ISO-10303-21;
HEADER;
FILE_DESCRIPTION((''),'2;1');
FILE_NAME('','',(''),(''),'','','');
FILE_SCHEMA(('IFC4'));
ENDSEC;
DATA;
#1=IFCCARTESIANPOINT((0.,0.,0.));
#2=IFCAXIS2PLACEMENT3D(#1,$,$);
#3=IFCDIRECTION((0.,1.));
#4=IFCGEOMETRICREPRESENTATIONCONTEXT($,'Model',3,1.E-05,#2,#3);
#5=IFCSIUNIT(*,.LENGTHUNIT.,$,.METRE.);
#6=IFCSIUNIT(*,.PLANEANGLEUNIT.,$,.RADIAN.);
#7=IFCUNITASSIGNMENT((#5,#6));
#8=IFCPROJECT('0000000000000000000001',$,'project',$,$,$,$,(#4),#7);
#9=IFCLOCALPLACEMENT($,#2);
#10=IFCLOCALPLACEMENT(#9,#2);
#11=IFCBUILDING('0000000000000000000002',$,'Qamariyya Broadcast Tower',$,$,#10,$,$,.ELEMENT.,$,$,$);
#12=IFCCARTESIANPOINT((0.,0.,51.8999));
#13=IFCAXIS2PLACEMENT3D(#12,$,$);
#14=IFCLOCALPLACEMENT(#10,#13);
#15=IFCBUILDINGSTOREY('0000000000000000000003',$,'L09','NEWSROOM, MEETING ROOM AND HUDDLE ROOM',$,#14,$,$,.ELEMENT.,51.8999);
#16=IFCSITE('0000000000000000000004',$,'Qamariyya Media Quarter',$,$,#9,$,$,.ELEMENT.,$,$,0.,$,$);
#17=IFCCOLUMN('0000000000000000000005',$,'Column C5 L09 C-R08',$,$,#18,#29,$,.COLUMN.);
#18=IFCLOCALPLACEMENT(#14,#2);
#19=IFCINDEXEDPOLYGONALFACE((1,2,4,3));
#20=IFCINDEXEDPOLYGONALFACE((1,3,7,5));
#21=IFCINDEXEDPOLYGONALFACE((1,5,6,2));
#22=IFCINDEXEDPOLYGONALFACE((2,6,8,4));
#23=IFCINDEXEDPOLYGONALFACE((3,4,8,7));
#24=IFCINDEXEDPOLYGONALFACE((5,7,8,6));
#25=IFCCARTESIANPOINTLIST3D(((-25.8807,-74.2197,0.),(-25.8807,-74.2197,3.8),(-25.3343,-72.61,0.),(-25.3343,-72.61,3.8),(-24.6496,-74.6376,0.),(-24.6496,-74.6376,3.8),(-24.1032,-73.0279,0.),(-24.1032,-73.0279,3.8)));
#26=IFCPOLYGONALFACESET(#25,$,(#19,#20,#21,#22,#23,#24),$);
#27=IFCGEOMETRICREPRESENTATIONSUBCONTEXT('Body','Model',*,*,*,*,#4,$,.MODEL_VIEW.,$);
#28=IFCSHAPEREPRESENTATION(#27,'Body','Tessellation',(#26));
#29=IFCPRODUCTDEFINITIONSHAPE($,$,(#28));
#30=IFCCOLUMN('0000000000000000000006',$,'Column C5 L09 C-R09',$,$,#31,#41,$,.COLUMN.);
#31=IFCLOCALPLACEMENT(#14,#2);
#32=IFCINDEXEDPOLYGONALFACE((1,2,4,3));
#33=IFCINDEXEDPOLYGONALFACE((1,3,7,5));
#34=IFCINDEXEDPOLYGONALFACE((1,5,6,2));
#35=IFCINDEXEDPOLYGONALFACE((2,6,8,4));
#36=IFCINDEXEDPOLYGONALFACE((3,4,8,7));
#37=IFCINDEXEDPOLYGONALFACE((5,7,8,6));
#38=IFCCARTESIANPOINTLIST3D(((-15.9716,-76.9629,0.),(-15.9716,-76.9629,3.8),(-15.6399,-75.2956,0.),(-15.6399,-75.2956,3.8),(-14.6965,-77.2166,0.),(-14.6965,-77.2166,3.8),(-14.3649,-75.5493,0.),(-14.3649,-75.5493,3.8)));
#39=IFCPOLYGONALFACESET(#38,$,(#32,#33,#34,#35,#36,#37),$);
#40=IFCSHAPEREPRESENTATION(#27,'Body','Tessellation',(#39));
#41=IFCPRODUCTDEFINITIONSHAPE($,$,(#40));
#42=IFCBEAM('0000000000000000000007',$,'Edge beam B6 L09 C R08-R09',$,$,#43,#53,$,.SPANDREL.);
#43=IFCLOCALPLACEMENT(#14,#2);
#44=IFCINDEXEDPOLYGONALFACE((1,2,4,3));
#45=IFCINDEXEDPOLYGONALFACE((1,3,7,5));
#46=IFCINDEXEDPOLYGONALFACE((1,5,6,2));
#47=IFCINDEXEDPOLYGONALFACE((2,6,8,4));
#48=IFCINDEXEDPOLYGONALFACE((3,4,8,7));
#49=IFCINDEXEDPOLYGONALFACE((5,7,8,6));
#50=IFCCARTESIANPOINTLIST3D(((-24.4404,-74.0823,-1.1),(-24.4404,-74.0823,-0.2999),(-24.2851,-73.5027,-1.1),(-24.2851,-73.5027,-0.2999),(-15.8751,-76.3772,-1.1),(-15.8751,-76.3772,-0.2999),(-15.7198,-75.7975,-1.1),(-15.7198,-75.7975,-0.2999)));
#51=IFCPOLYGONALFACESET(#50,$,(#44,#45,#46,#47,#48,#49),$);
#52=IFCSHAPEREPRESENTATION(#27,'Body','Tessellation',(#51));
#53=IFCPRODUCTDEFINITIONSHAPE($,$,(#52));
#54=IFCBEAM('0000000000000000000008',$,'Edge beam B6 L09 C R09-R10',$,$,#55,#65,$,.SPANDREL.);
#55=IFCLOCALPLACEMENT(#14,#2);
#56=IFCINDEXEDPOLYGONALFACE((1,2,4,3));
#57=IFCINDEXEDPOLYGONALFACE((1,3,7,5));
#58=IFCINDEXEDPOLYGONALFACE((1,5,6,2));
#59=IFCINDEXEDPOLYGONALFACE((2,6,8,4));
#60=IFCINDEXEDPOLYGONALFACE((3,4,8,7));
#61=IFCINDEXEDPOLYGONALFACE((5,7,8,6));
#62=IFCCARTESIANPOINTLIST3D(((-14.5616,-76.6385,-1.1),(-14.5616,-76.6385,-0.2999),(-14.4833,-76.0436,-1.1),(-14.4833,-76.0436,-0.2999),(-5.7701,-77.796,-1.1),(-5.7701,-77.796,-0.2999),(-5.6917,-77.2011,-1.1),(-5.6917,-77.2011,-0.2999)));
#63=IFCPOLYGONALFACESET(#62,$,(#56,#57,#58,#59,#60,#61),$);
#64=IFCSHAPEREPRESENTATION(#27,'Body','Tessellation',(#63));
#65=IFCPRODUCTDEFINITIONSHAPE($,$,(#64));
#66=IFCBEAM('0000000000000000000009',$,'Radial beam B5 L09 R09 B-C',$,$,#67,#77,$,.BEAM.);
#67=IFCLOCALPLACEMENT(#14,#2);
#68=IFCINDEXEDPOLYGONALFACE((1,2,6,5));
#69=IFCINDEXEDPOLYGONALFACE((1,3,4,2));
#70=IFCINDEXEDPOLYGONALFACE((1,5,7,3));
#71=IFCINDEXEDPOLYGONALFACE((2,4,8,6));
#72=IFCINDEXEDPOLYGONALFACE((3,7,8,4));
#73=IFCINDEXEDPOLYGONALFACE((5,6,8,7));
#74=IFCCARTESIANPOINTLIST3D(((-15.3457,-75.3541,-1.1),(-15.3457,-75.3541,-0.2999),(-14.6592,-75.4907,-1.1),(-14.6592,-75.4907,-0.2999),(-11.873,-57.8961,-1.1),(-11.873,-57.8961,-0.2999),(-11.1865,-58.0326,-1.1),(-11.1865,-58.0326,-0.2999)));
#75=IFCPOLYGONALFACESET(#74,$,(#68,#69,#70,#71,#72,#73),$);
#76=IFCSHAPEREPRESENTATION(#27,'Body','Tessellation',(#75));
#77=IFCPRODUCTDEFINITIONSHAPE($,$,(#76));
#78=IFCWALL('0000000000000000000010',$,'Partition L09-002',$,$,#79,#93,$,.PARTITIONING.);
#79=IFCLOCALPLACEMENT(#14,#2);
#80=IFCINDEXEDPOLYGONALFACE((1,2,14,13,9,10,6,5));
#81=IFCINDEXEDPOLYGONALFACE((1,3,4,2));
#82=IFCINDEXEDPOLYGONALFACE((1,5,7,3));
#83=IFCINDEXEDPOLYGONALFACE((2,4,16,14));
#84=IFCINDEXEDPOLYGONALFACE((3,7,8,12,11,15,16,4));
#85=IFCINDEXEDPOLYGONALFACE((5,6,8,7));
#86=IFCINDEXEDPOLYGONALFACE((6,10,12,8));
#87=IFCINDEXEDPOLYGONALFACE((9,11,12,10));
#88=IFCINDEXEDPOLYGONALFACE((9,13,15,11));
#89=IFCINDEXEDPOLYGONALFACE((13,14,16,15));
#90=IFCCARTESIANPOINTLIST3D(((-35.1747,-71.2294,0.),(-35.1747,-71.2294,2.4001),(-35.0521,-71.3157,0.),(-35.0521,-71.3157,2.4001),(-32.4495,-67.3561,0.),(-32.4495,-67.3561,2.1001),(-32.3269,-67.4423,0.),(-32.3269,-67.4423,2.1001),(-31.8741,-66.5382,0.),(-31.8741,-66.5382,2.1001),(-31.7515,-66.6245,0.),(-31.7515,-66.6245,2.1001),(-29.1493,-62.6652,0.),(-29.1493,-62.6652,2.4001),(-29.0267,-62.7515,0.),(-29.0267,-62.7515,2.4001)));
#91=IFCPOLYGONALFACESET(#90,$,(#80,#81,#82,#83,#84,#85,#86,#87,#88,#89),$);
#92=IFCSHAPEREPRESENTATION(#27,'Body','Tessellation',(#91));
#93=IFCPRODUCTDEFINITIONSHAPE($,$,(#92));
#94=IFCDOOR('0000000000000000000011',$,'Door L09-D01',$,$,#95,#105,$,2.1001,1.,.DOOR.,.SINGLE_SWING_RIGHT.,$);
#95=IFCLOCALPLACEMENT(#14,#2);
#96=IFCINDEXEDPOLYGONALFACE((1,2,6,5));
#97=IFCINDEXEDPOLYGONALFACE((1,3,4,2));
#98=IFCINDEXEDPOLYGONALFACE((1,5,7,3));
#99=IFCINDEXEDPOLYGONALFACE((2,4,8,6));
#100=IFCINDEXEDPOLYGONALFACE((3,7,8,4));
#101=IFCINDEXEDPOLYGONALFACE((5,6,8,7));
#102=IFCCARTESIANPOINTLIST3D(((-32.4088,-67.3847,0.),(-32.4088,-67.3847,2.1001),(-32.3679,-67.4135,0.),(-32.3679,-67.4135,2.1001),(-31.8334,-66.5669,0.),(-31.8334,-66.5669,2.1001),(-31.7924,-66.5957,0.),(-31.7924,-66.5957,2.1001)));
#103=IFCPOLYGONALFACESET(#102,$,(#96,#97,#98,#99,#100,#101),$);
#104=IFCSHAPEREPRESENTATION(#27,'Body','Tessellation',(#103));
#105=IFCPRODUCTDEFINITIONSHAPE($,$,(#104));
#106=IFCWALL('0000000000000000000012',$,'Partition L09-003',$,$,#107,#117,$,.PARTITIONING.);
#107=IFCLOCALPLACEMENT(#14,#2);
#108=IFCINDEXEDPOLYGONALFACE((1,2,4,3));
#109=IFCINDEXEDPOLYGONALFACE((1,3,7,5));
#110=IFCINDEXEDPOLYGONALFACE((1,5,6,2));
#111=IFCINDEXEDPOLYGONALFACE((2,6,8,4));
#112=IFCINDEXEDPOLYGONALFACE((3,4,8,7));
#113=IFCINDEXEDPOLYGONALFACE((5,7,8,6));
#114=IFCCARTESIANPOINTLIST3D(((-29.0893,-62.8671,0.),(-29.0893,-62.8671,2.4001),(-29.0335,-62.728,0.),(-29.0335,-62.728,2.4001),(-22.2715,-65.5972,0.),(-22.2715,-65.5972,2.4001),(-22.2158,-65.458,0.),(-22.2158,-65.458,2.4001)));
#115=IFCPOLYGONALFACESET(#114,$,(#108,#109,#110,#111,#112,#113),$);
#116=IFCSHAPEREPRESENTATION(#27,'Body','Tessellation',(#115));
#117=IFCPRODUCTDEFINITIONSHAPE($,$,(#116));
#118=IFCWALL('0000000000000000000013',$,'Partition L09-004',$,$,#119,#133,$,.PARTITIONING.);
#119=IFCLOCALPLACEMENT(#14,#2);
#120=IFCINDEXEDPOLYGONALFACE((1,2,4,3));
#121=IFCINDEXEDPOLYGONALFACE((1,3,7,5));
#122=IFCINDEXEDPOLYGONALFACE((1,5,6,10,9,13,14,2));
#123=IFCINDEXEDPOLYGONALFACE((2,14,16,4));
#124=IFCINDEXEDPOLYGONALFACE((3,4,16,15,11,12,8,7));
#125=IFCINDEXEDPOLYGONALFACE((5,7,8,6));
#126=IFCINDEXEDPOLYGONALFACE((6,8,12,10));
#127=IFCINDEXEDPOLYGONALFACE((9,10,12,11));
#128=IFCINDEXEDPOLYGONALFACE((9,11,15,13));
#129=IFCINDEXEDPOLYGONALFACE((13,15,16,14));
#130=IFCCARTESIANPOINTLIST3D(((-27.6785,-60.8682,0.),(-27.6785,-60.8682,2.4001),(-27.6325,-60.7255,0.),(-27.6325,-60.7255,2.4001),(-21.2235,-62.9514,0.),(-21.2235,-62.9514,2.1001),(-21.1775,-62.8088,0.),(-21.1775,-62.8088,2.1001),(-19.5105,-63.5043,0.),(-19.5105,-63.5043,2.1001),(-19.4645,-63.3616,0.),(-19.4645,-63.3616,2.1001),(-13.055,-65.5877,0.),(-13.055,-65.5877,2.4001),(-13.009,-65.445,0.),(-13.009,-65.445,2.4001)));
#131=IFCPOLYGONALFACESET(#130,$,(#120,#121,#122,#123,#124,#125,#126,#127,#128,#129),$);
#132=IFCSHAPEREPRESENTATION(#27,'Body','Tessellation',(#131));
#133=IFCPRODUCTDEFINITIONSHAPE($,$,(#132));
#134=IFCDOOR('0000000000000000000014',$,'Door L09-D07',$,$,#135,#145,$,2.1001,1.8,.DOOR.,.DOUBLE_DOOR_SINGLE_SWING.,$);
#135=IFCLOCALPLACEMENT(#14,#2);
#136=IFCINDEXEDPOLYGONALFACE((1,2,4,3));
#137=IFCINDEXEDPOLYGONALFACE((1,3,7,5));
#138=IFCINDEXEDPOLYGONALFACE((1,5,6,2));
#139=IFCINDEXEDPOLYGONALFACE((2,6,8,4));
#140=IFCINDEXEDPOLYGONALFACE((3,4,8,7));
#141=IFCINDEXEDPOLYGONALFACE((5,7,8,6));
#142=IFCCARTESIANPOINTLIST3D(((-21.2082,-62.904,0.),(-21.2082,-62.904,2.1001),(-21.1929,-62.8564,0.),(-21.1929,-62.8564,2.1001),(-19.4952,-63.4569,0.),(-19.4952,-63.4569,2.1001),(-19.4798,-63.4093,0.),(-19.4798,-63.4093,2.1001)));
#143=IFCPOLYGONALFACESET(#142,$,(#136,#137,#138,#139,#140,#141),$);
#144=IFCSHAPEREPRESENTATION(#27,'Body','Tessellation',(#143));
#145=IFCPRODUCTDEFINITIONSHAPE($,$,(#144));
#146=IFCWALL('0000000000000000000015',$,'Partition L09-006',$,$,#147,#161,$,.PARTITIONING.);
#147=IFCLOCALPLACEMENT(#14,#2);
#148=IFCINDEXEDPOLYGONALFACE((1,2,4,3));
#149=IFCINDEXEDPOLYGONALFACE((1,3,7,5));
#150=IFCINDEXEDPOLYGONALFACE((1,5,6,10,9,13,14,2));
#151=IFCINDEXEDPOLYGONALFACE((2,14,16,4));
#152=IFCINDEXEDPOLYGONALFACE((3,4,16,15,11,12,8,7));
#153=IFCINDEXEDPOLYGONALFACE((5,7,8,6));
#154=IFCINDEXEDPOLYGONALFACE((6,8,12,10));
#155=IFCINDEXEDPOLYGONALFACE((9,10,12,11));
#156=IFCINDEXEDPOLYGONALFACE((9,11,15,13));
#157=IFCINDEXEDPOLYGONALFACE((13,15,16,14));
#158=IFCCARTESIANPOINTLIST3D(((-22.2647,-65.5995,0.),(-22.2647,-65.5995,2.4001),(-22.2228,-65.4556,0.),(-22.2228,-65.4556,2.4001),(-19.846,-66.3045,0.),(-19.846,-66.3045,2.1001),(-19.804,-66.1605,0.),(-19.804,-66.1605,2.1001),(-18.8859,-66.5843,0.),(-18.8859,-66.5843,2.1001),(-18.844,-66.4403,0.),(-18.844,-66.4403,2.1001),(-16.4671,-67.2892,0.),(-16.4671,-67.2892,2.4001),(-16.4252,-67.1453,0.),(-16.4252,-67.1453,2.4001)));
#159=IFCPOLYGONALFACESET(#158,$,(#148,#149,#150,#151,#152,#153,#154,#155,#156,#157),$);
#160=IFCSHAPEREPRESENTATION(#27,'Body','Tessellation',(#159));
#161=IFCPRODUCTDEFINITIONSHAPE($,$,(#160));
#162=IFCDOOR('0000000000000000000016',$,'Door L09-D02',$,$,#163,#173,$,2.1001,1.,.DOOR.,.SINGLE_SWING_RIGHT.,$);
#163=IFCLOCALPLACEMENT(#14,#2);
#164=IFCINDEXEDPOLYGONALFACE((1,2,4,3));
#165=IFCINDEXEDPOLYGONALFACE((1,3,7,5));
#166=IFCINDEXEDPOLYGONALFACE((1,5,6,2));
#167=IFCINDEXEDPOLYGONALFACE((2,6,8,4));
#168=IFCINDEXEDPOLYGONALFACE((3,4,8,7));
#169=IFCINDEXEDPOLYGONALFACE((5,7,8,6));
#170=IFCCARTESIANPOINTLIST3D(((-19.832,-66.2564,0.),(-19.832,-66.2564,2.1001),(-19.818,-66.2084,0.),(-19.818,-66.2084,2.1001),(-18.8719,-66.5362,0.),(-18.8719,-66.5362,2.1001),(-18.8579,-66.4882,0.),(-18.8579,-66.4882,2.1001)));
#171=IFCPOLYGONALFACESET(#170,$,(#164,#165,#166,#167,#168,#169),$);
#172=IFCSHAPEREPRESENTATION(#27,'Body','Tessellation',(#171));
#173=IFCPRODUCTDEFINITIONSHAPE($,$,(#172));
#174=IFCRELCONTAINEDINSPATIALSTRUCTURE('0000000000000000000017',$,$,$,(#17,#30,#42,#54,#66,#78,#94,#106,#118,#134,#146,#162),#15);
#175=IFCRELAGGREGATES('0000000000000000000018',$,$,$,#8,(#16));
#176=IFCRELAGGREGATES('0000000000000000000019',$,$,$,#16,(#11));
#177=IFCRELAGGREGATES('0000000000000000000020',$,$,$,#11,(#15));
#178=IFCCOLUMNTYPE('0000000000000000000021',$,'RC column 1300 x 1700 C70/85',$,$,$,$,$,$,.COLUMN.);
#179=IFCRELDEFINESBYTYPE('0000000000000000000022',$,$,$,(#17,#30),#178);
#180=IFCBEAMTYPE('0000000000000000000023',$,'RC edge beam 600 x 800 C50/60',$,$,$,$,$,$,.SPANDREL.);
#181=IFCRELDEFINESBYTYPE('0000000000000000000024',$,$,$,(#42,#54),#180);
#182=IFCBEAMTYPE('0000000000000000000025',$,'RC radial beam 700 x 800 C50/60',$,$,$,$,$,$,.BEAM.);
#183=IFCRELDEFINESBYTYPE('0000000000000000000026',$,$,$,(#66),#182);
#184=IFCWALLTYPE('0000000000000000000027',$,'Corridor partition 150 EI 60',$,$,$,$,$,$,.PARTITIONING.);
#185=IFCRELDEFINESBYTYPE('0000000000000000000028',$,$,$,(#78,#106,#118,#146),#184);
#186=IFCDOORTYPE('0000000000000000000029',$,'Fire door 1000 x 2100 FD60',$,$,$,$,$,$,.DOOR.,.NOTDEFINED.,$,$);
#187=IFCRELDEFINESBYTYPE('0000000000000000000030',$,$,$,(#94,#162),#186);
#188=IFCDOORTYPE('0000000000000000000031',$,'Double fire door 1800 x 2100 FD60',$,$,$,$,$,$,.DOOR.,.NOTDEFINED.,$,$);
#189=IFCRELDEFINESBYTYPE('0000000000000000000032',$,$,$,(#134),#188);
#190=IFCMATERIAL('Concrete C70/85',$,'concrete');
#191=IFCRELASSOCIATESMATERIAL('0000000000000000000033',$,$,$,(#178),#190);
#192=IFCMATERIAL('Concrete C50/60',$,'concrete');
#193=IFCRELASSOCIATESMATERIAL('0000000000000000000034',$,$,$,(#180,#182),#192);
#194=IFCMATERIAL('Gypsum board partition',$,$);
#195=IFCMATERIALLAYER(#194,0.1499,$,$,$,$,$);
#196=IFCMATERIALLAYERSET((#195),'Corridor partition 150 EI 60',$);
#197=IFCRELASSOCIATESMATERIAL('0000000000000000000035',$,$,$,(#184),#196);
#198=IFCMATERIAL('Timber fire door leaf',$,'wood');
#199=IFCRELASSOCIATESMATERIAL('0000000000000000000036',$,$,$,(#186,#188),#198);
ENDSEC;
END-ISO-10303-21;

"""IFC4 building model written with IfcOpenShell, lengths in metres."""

from ifc_helpers import new_model, si_unit, direction, frame, frame_2d, origin, origin_2d, place, context, subcontext, project, spatial, rectangle, extrude, material, layer, layer_set, material_profile, profile_set, type_object, element, fill, save


model = new_model("IFC4")

# Units and contexts
model_context = context("Model", 3, precision=1e-05, world=origin(), true_north=direction((0.0, 1.0)))
body_context = subcontext(model_context, "Body", "Model", "MODEL_VIEW")
ifc_project = project(units=[si_unit("LENGTHUNIT", "METRE"), si_unit("PLANEANGLEUNIT", "RADIAN")], contexts=[model_context])

# Site, building, storey
site_placement = place(None, origin())
site = spatial("IfcSite", under=ifc_project, at=site_placement, Name="Qamariyya Media Quarter", CompositionType="ELEMENT", RefElevation=0.0)
building_placement = place(site_placement, origin())
building = spatial("IfcBuilding", under=site, at=building_placement, Name="Qamariyya Broadcast Tower", CompositionType="ELEMENT")
storey_placement = place(building_placement, frame((0.0, 0.0, 51.8999)))
storey = spatial("IfcBuildingStorey", under=building, at=storey_placement, Name="L09", Description="NEWSROOM, MEETING ROOM AND HUDDLE ROOM", CompositionType="ELEMENT", Elevation=51.8999)

# Columns
ifc_material_1 = material(Name="Concrete C70/85", Category="concrete")
ifc_material_profile_1 = material_profile(ifc_material_1, rectangle(XDim=1.3, YDim=1.7, at=origin_2d()))
ifc_profile_set_1 = profile_set([ifc_material_profile_1], Name="Concrete C70/85")
column_type = type_object("IfcColumnType", Name="RC column 1300 x 1700 C70/85", PredefinedType="COLUMN", material=ifc_profile_set_1)
for number, where, z_axis, x_axis, name in (
    (1, (-24.9919, -73.6238, 0.0), (0.0, 0.0, 1.0), (0.94693, -0.321439, 0.0), "Column C5 L09 C-R08"),
    (2, (-15.1682, -76.2561, 0.0), (0.0, 0.0, 1.0), (0.980785, -0.19509, 0.0), "Column C5 L09 C-R09"),
):
    element("IfcColumn", number, at=place(storey_placement, frame(where, z_axis=z_axis, x_axis=x_axis)), inside=storey, type_object=column_type, Name=name, PredefinedType="COLUMN", context=body_context, shape_type="SweptSolid", body=[
        extrude(rectangle(XDim=1.3, YDim=1.7, at=origin_2d()), origin(), (0.0, 0.0, 1.0), 3.8),
    ])

# Beams
ifc_material_2 = material(Name="Concrete C50/60", Category="concrete")
ifc_material_profile_2 = material_profile(ifc_material_2, rectangle(XDim=0.6001, YDim=0.8, at=origin_2d()))
ifc_profile_set_2 = profile_set([ifc_material_profile_2], Name="Concrete C50/60")
beam_type_1 = type_object("IfcBeamType", Name="RC edge beam 600 x 800 C50/60", PredefinedType="SPANDREL", material=ifc_profile_set_2)
for number, where, z_axis, x_axis, name in (
    (3, (-24.3628, -73.7925, -0.7), (0.965931, -0.2588, 0.0), (0.2588, 0.965931, 0.0), "Edge beam B6 L09 C R08-R09"),
    (4, (-14.5225, -76.3411, -0.7), (0.991444, -0.130531, 0.0), (0.130531, 0.991444, 0.0), "Edge beam B6 L09 C R09-R10"),
):
    element("IfcBeam", number, at=place(storey_placement, frame(where, z_axis=z_axis, x_axis=x_axis)), inside=storey, type_object=beam_type_1, Name=name, PredefinedType="SPANDREL", context=body_context, shape_type="SweptSolid", body=[
        extrude(rectangle(XDim=0.6001, YDim=0.8, at=origin_2d()), origin(), (0.0, 0.0, 1.0), 8.8674),
    ])
ifc_material_profile_3 = material_profile(ifc_material_2, rectangle(XDim=0.7, YDim=0.8, at=origin_2d()))
ifc_profile_set_3 = profile_set([ifc_material_profile_3], Name="Concrete C50/60")
beam_type_2 = type_object("IfcBeamType", Name="RC radial beam 700 x 800 C50/60", PredefinedType="BEAM", material=ifc_profile_set_3)
beam_placement = place(storey_placement, frame((-11.5298, -57.9644, -0.7), z_axis=(-0.195093, -0.980785, 0.0), x_axis=(0.980785, -0.195093, 0.0)))
element("IfcBeam", 5, at=beam_placement, inside=storey, type_object=beam_type_2, Name="Radial beam B5 L09 R09 B-C", PredefinedType="BEAM", context=body_context, shape_type="SweptSolid", body=[
    extrude(rectangle(XDim=0.7, YDim=0.8, at=origin_2d()), origin(), (0.0, 0.0, 1.0), 17.8),
])

# Wall, opening, door
ifc_material_3 = material(Name="Gypsum board partition")
ifc_layer_1 = layer(ifc_material_3, 0.1499)
ifc_layer_set_1 = layer_set([ifc_layer_1], Name="Corridor partition 150 EI 60")
wall_type_1 = type_object("IfcWallType", Name="Corridor partition 150 EI 60", PredefinedType="PARTITIONING", material=ifc_layer_set_1)
wall_1_placement = place(storey_placement, frame((-29.0879, -62.7083, 0.0), z_axis=(0.0, 0.0, 1.0), x_axis=(-0.575412, -0.817864, 0.0)))
wall_1 = element("IfcWall", 6, at=wall_1_placement, inside=storey, type_object=wall_type_1, Name="Partition L09-002", PredefinedType="PARTITIONING", context=body_context, shape_type="SweptSolid", body=[
    extrude(rectangle(XDim=10.4714, YDim=0.1499, at=frame_2d((5.2358, 0.0))), origin(), (0.0, 0.0, 1.0), 2.4001),
])
opening_1_placement = place(wall_1_placement, frame((4.7356, 0.0, 0.0)))
opening_1 = element("IfcOpeningElement", 7, at=opening_1_placement, cuts=wall_1, PredefinedType="OPENING", context=body_context, shape_type="SweptSolid", body=[
    extrude(rectangle(XDim=1.0, YDim=2.1001, at=frame_2d((0.5, 1.05))), frame((0.0, 0.085, 0.0), z_axis=(0.0, -1.0, 0.0), x_axis=(1.0, 0.0, 0.0)), (0.0, 0.0, 1.0), 0.1699),
])
ifc_material_4 = material(Name="Timber fire door leaf", Category="wood")
door_type_1 = type_object("IfcDoorType", Name="Fire door 1000 x 2100 FD60", OperationType="NOTDEFINED", PredefinedType="DOOR", material=ifc_material_4)
door_1_placement = place(opening_1_placement, origin())
door_1 = element("IfcDoor", 8, at=door_1_placement, inside=storey, type_object=door_type_1, Name="Door L09-D01", OperationType="SINGLE_SWING_RIGHT", OverallHeight=2.1001, OverallWidth=1.0, PredefinedType="DOOR", context=body_context, shape_type="SweptSolid", body=[
    extrude(rectangle(XDim=1.0, YDim=2.1001, at=frame_2d((0.5, 1.05))), frame((0.0, 0.0249, 0.0), z_axis=(0.0, -1.0, 0.0), x_axis=(1.0, 0.0, 0.0)), (0.0, 0.0, 1.0), 0.05),
])
fill(opening_1, door_1)

# Wall
wall_2_placement = place(storey_placement, frame((-29.0613, -62.7976, 0.0), z_axis=(0.0, 0.0, 1.0), x_axis=(0.928339, -0.371735, 0.0)))
element("IfcWall", 9, at=wall_2_placement, inside=storey, type_object=wall_type_1, Name="Partition L09-003", PredefinedType="PARTITIONING", context=body_context, shape_type="SweptSolid", body=[
    extrude(rectangle(XDim=7.344, YDim=0.1499, at=frame_2d((3.6719, 0.0))), origin(), (0.0, 0.0, 1.0), 2.4001),
])

# Walls, openings, doors
wall_3_placement = place(storey_placement, frame((-27.6555, -60.7969, 0.0), z_axis=(0.0, 0.0, 1.0), x_axis=(0.951667, -0.307133, 0.0)))
wall_3 = element("IfcWall", 10, at=wall_3_placement, inside=storey, type_object=wall_type_1, Name="Partition L09-004", PredefinedType="PARTITIONING", context=body_context, shape_type="SweptSolid", body=[
    extrude(rectangle(XDim=15.3662, YDim=0.1499, at=frame_2d((7.6831, 0.0))), origin(), (0.0, 0.0, 1.0), 2.4001),
])
opening_2_placement = place(wall_3_placement, frame((6.783, 0.0, 0.0)))
opening_2 = element("IfcOpeningElement", 11, at=opening_2_placement, cuts=wall_3, PredefinedType="OPENING", context=body_context, shape_type="SweptSolid", body=[
    extrude(rectangle(XDim=1.8, YDim=2.1001, at=frame_2d((0.8999, 1.05))), frame((0.0, 0.085, 0.0), z_axis=(0.0, -1.0, 0.0), x_axis=(1.0, 0.0, 0.0)), (0.0, 0.0, 1.0), 0.1699),
])
door_type_2 = type_object("IfcDoorType", Name="Double fire door 1800 x 2100 FD60", OperationType="NOTDEFINED", PredefinedType="DOOR", material=ifc_material_4)
door_2_placement = place(opening_2_placement, origin())
door_2 = element("IfcDoor", 12, at=door_2_placement, inside=storey, type_object=door_type_2, Name="Door L09-D07", OperationType="DOUBLE_DOOR_SINGLE_SWING", OverallHeight=2.1001, OverallWidth=1.8, PredefinedType="DOOR", context=body_context, shape_type="SweptSolid", body=[
    extrude(rectangle(XDim=1.8, YDim=2.1001, at=frame_2d((0.8999, 1.05))), frame((0.0, 0.0249, 0.0), z_axis=(0.0, -1.0, 0.0), x_axis=(1.0, 0.0, 0.0)), (0.0, 0.0, 1.0), 0.05),
])
fill(opening_2, door_2)
wall_4_placement = place(storey_placement, frame((-16.446, -67.2173, 0.0), z_axis=(0.0, 0.0, 1.0), x_axis=(-0.960057, 0.279806, 0.0)))
wall_4 = element("IfcWall", 13, at=wall_4_placement, inside=storey, type_object=wall_type_1, Name="Partition L09-006", PredefinedType="PARTITIONING", context=body_context, shape_type="SweptSolid", body=[
    extrude(rectangle(XDim=6.0388, YDim=0.1499, at=frame_2d((3.0195, 0.0))), origin(), (0.0, 0.0, 1.0), 2.4001),
])
opening_3_placement = place(wall_4_placement, frame((2.5195, 0.0, 0.0)))
opening_3 = element("IfcOpeningElement", 14, at=opening_3_placement, cuts=wall_4, PredefinedType="OPENING", context=body_context, shape_type="SweptSolid", body=[
    extrude(rectangle(XDim=1.0, YDim=2.1001, at=frame_2d((0.5, 1.05))), frame((0.0, 0.085, 0.0), z_axis=(0.0, -1.0, 0.0), x_axis=(1.0, 0.0, 0.0)), (0.0, 0.0, 1.0), 0.1699),
])
door_3_placement = place(opening_3_placement, origin())
door_3 = element("IfcDoor", 15, at=door_3_placement, inside=storey, type_object=door_type_1, Name="Door L09-D02", OperationType="SINGLE_SWING_RIGHT", OverallHeight=2.1001, OverallWidth=1.0, PredefinedType="DOOR", context=body_context, shape_type="SweptSolid", body=[
    extrude(rectangle(XDim=1.0, YDim=2.1001, at=frame_2d((0.5, 1.05))), frame((0.0, 0.0249, 0.0), z_axis=(0.0, -1.0, 0.0), x_axis=(1.0, 0.0, 0.0)), (0.0, 0.0, 1.0), 0.05),
])
fill(opening_3, door_3)

save(model, "model.ifc")
